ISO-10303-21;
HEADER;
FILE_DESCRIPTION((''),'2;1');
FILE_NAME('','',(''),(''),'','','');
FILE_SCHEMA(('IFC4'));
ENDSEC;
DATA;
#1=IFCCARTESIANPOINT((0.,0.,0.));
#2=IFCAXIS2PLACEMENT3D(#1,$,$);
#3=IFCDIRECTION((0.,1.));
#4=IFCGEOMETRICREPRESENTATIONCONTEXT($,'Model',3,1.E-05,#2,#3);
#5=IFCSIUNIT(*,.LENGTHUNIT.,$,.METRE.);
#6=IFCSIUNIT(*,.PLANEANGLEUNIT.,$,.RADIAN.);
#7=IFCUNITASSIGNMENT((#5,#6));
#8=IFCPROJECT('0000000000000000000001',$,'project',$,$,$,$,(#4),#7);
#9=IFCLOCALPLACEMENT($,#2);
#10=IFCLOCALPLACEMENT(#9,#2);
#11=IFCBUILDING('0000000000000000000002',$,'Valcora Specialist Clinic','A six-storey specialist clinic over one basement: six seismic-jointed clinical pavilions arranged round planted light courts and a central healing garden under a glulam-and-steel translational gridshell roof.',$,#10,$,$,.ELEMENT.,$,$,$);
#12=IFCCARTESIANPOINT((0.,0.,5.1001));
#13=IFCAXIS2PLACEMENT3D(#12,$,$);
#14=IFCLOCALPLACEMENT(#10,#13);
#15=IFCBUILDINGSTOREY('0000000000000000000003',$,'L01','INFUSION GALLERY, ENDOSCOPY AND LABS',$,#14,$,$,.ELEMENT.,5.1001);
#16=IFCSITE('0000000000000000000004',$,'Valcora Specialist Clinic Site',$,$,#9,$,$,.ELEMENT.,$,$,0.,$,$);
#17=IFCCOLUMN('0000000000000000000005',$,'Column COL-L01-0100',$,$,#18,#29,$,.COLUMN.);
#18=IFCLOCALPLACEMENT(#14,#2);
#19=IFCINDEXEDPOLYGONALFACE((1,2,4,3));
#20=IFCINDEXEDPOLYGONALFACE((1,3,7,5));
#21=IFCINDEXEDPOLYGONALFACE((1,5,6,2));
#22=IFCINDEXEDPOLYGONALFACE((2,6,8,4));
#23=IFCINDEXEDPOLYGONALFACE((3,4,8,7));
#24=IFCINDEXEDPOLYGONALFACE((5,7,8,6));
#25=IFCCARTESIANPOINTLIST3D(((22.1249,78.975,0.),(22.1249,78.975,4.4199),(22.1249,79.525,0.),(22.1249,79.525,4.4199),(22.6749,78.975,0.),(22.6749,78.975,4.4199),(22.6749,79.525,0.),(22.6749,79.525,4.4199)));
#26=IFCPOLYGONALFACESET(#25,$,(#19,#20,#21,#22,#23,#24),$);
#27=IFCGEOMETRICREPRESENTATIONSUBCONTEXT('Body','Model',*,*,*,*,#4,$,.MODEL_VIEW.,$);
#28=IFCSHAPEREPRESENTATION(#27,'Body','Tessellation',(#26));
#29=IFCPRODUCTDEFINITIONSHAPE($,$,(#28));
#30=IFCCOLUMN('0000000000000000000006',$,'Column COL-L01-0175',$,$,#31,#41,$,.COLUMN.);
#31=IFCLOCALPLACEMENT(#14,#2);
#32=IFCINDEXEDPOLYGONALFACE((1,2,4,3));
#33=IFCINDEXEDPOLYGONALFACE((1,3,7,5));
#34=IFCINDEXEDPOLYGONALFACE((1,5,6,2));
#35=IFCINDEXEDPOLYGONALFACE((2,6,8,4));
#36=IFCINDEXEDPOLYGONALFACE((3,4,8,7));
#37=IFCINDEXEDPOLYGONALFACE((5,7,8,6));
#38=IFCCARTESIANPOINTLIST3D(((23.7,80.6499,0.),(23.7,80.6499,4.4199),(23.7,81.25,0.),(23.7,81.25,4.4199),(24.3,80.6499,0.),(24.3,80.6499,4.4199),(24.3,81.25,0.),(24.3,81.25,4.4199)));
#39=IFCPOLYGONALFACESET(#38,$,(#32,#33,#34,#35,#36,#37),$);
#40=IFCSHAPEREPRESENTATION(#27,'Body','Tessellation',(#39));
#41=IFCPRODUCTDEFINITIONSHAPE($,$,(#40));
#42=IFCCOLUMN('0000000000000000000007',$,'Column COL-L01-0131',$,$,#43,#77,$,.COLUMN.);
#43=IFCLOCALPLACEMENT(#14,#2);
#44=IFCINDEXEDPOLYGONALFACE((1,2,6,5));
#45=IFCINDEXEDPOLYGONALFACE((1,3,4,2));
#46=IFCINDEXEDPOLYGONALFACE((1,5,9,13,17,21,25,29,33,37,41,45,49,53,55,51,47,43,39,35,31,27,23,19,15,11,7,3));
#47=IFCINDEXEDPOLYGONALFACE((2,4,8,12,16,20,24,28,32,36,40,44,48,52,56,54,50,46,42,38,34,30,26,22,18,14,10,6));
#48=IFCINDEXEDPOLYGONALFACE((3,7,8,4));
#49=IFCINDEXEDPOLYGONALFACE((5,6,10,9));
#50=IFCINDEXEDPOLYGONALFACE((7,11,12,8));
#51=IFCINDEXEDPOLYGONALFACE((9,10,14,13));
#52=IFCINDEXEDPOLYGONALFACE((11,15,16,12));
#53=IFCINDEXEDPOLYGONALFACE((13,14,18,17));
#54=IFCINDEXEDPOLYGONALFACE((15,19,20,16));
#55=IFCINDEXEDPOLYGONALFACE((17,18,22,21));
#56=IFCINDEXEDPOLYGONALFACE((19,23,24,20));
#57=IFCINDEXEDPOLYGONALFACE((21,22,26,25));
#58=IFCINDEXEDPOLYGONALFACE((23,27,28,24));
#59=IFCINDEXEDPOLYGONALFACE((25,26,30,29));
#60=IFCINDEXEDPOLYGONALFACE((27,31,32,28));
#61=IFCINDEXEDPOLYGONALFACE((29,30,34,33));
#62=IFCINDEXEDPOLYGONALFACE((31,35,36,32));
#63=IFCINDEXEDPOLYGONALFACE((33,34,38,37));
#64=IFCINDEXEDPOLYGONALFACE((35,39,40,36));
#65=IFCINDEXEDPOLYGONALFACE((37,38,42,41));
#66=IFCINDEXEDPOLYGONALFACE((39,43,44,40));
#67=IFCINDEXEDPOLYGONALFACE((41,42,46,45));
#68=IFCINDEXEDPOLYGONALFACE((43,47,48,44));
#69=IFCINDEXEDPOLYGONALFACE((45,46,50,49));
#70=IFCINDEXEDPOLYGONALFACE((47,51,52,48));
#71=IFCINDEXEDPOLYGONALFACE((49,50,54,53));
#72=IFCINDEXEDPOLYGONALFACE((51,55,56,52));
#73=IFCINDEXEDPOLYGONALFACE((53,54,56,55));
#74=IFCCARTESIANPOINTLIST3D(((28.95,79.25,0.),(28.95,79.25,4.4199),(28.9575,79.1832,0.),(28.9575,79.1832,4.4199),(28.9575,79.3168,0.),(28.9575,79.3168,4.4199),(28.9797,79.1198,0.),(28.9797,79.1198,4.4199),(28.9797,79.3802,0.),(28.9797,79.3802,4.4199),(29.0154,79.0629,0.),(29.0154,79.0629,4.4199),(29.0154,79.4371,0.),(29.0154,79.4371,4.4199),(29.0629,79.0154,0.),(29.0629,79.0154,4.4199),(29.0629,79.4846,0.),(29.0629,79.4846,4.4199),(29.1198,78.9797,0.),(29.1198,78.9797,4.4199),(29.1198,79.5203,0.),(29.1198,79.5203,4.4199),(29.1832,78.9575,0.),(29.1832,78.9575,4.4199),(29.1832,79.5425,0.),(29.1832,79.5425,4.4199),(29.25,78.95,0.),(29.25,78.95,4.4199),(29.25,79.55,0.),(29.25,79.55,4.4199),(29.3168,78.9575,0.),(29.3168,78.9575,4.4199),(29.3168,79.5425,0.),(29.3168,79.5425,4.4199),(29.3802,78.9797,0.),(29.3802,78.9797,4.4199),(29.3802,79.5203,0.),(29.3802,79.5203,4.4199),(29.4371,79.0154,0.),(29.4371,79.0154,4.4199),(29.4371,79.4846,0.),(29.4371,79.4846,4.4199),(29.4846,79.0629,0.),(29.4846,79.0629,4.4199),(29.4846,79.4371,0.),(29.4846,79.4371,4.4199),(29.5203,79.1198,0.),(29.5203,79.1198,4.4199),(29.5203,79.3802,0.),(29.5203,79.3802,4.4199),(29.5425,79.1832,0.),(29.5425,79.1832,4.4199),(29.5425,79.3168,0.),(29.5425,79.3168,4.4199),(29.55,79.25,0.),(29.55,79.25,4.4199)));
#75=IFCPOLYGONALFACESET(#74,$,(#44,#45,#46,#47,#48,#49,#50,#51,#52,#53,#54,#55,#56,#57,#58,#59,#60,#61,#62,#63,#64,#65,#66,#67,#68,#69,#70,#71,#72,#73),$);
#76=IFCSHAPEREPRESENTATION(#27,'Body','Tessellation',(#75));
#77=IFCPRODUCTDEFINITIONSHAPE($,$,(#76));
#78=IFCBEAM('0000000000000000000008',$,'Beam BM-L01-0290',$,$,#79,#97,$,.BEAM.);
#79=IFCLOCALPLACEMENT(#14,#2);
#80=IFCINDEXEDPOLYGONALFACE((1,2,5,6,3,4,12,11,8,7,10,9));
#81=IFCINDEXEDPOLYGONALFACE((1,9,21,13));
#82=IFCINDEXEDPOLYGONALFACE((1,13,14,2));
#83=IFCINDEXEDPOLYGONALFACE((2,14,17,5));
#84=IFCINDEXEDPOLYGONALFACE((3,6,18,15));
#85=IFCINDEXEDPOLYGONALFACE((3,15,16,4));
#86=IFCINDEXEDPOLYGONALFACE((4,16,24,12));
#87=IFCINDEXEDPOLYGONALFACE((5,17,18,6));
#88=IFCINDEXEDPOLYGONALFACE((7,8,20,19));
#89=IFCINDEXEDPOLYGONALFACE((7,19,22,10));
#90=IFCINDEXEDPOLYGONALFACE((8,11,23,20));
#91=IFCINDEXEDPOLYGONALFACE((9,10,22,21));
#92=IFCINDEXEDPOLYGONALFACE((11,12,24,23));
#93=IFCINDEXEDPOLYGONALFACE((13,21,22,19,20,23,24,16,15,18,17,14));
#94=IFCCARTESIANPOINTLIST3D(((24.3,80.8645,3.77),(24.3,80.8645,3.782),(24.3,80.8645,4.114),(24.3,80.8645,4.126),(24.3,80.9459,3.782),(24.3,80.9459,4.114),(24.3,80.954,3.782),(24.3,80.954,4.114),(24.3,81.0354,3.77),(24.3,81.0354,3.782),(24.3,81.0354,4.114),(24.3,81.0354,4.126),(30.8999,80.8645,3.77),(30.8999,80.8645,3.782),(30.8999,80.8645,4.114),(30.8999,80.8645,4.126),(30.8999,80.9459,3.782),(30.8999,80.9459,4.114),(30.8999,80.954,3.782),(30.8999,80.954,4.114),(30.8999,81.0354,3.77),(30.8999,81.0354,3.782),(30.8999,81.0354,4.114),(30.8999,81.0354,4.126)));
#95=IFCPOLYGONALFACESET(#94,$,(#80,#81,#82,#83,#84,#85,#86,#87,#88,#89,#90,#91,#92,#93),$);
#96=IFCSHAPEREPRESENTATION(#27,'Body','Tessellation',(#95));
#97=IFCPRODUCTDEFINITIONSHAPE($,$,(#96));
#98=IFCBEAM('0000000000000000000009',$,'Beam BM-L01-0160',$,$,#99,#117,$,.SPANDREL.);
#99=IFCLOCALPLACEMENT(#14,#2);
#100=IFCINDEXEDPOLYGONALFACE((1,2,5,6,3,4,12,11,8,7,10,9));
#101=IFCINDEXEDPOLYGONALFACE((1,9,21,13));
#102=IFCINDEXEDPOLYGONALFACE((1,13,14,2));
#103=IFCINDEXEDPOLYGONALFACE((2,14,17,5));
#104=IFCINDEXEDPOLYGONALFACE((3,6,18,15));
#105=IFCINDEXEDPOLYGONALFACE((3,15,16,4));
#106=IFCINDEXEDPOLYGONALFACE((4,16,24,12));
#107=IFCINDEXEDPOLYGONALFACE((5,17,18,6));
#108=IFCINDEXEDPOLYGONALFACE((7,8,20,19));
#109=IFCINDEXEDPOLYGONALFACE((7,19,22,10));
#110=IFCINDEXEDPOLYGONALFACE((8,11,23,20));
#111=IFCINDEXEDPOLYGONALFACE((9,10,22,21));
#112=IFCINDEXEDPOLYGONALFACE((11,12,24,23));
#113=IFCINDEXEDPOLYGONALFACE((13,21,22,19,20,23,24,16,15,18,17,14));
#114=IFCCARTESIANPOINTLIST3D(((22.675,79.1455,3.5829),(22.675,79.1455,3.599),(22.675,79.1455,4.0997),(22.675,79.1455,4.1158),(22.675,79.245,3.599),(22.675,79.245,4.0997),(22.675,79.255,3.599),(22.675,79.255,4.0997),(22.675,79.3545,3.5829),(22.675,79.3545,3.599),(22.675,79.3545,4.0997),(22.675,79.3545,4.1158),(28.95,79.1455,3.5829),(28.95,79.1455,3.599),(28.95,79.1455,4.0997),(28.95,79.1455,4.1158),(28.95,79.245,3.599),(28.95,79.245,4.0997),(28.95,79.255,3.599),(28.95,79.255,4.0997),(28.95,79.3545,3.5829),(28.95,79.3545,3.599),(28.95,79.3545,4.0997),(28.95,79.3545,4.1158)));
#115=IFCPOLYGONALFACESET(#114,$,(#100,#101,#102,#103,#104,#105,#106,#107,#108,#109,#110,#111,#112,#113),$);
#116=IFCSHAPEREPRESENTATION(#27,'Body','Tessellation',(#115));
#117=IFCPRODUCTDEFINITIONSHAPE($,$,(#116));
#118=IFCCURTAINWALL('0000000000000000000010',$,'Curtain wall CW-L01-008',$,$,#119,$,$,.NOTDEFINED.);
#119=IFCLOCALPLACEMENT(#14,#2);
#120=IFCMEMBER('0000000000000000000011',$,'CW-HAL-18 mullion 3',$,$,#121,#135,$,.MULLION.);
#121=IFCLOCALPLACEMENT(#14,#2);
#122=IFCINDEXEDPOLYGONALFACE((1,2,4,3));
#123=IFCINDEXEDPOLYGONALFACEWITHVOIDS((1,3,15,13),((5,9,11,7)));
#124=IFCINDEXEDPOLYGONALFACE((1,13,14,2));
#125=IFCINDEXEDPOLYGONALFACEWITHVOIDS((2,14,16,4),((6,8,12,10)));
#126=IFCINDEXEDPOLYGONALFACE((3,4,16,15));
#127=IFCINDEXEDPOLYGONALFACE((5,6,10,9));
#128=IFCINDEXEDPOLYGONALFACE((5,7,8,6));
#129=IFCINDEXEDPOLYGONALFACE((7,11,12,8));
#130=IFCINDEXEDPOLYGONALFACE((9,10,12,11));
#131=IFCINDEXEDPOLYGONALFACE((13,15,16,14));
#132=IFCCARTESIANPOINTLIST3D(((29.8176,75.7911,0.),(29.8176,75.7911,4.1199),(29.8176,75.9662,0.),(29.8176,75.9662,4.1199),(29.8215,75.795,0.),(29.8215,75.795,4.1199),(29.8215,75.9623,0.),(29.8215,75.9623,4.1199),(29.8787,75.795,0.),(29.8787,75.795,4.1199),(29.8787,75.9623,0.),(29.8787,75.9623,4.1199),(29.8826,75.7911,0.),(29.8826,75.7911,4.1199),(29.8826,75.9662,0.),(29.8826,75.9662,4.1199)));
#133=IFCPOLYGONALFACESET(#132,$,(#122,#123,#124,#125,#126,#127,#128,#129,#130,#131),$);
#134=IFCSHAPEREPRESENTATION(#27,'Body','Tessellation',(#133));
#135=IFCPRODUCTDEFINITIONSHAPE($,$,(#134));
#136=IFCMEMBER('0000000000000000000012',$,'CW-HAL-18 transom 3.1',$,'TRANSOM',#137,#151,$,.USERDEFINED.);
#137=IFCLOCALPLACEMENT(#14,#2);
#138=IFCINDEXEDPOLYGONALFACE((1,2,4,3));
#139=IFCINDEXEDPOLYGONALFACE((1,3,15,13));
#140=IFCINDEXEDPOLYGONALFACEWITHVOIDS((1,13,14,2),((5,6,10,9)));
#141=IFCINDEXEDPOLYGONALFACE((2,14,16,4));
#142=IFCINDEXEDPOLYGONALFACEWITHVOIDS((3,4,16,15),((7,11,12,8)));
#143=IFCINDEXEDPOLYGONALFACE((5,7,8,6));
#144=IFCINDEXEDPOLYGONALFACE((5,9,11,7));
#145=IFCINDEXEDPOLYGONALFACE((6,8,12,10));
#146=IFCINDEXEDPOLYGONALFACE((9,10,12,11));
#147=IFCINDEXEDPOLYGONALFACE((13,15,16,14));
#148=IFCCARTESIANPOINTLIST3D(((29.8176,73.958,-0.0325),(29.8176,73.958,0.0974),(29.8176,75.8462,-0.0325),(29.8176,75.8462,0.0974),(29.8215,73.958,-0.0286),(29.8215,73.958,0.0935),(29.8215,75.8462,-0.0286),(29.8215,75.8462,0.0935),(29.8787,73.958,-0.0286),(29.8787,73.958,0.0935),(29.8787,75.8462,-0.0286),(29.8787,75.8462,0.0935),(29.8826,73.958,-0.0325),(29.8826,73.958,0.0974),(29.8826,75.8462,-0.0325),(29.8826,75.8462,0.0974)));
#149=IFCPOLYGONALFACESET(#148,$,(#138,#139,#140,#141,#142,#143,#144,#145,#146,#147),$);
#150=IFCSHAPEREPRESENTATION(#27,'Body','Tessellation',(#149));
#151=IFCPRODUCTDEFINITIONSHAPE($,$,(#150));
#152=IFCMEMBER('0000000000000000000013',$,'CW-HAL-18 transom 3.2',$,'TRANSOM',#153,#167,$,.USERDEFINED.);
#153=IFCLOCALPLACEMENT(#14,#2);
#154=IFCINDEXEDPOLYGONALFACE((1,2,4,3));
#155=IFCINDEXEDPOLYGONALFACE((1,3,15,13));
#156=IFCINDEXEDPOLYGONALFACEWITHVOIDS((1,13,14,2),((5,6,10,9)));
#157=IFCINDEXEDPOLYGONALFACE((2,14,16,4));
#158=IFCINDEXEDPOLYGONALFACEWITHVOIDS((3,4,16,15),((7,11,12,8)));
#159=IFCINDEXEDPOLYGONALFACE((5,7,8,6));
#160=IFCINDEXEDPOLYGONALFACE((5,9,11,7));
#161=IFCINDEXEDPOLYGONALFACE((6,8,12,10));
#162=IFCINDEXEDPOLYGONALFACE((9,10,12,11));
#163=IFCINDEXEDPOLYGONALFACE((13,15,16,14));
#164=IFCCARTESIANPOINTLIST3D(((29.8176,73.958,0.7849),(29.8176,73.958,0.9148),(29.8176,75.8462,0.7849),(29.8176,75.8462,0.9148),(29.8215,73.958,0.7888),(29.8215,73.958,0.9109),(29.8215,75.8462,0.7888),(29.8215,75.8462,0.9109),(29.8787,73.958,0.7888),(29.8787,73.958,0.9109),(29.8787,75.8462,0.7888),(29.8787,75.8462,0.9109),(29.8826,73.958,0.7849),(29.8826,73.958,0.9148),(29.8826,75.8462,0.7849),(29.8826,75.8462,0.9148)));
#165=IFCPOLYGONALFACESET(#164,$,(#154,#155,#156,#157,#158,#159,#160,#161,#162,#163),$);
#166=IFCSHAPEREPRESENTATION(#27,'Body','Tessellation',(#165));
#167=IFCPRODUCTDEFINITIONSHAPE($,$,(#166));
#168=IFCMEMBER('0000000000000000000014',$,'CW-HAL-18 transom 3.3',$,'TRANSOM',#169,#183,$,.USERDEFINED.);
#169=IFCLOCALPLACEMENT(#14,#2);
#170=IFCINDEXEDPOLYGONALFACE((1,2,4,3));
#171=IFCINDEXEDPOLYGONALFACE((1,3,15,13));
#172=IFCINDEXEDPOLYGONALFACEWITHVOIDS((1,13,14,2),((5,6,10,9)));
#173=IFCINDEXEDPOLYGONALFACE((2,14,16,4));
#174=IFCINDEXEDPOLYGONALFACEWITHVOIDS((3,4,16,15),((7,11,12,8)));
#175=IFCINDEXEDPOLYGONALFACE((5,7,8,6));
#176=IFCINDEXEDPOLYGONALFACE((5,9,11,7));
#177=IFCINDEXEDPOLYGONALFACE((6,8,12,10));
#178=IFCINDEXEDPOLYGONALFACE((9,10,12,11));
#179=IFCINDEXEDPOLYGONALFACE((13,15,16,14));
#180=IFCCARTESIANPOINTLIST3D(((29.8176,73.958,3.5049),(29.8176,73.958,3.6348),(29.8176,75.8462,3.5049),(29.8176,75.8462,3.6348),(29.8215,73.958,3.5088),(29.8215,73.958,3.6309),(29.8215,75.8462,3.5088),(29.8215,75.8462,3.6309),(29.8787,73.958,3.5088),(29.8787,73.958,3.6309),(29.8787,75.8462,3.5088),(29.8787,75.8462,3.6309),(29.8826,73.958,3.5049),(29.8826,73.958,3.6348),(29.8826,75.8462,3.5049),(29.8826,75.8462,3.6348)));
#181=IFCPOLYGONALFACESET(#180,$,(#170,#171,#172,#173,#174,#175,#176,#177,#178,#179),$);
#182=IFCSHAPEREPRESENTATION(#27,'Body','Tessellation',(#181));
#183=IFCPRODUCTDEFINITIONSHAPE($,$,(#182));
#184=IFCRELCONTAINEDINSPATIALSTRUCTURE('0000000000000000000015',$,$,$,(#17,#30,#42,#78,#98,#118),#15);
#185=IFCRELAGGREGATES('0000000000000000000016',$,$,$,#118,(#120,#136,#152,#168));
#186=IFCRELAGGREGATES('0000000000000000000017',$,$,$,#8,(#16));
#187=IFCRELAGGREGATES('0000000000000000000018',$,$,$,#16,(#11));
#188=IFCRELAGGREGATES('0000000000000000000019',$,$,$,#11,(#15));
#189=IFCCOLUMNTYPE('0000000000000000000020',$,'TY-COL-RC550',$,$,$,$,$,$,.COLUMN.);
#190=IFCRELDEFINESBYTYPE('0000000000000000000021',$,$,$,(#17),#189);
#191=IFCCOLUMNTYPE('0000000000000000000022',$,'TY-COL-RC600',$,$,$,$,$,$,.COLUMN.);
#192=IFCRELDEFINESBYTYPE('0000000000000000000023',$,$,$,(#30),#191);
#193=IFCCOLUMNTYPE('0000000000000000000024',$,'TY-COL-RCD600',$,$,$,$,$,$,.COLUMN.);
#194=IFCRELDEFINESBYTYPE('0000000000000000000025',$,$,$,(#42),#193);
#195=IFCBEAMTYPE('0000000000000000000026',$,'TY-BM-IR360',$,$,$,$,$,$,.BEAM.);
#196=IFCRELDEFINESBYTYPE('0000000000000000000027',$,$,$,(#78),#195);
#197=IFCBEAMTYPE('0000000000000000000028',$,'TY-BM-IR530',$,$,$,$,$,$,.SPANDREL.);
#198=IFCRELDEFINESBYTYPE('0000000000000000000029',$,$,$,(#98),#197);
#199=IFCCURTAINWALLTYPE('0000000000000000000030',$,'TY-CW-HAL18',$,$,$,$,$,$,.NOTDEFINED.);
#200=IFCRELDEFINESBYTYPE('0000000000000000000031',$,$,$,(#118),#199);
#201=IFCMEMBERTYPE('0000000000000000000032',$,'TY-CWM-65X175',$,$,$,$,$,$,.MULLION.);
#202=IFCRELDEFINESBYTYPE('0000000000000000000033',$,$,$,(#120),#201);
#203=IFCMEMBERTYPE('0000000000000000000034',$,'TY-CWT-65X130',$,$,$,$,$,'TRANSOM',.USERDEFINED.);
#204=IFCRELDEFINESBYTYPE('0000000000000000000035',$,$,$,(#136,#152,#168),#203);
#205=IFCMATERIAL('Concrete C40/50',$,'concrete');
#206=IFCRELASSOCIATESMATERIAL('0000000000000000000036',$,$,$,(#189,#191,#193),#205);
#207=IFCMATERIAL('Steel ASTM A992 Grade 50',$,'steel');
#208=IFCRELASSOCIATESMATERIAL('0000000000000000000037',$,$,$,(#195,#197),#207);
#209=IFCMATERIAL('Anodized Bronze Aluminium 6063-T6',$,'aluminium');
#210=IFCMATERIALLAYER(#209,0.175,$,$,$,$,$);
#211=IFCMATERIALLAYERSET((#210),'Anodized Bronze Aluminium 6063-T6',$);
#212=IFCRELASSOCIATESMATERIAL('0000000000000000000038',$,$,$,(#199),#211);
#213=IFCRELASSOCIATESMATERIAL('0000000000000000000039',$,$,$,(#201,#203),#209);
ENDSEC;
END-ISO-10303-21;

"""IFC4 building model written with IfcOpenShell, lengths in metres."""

from ifc_helpers import new_model, si_unit, direction, frame, origin, origin_2d, place, context, subcontext, project, spatial, rectangle, hollow_rectangle, circle, i_section, extrude, material, layer, layer_set, material_profile, profile_set, type_object, element, aggregate, save


model = new_model("IFC4")

# Units and contexts
model_context = context("Model", 3, precision=1e-05, world=origin(), true_north=direction((0.0, 1.0)))
body_context = subcontext(model_context, "Body", "Model", "MODEL_VIEW")
ifc_project = project(units=[si_unit("LENGTHUNIT", "METRE"), si_unit("PLANEANGLEUNIT", "RADIAN")], contexts=[model_context])

# Site, building, storey
site_placement = place(None, origin())
site = spatial("IfcSite", under=ifc_project, at=site_placement, Name="Valcora Specialist Clinic Site", CompositionType="ELEMENT", RefElevation=0.0)
building_placement = place(site_placement, origin())
building = spatial("IfcBuilding", under=site, at=building_placement, Name="Valcora Specialist Clinic", Description="A six-storey specialist clinic over one basement: six seismic-jointed clinical pavilions arranged round planted light courts and a central healing garden under a glulam-and-steel translational gridshell roof.", CompositionType="ELEMENT")
storey_placement = place(building_placement, frame((0.0, 0.0, 5.1001)))
storey = spatial("IfcBuildingStorey", under=building, at=storey_placement, Name="L01", Description="INFUSION GALLERY, ENDOSCOPY AND LABS", CompositionType="ELEMENT", Elevation=5.1001)

# Columns
ifc_material_1 = material(Name="Concrete C40/50", Category="concrete")
ifc_material_profile_1 = material_profile(ifc_material_1, rectangle(XDim=0.55, YDim=0.55, at=origin_2d()), Name="RC-COL-550X550")
ifc_profile_set_1 = profile_set([ifc_material_profile_1], Name="Concrete C40/50")
column_type_1 = type_object("IfcColumnType", Name="TY-COL-RC550", PredefinedType="COLUMN", material=ifc_profile_set_1)
column_1_placement = place(storey_placement, frame((22.3999, 79.25, 0.0), z_axis=(0.0, 0.0, 1.0), x_axis=(1.0, 0.0, 0.0)))
element("IfcColumn", 1, at=column_1_placement, inside=storey, type_object=column_type_1, Name="Column COL-L01-0100", PredefinedType="COLUMN", context=body_context, shape_type="SweptSolid", body=[
    extrude(rectangle(XDim=0.55, YDim=0.55, at=origin_2d()), origin(), (0.0, 0.0, 1.0), 4.4199),
])
ifc_material_profile_2 = material_profile(ifc_material_1, rectangle(XDim=0.6001, YDim=0.6001, at=origin_2d()), Name="RC-COL-600X600")
ifc_profile_set_2 = profile_set([ifc_material_profile_2], Name="Concrete C40/50")
column_type_2 = type_object("IfcColumnType", Name="TY-COL-RC600", PredefinedType="COLUMN", material=ifc_profile_set_2)
column_2_placement = place(storey_placement, frame((24.0, 80.95, 0.0), z_axis=(0.0, 0.0, 1.0), x_axis=(1.0, 0.0, 0.0)))
element("IfcColumn", 2, at=column_2_placement, inside=storey, type_object=column_type_2, Name="Column COL-L01-0175", PredefinedType="COLUMN", context=body_context, shape_type="SweptSolid", body=[
    extrude(rectangle(XDim=0.6001, YDim=0.6001, at=origin_2d()), origin(), (0.0, 0.0, 1.0), 4.4199),
])
ifc_material_profile_3 = material_profile(ifc_material_1, circle(Radius=0.3, at=origin_2d()), Name="RC-COL-D600")
ifc_profile_set_3 = profile_set([ifc_material_profile_3], Name="Concrete C40/50")
column_type_3 = type_object("IfcColumnType", Name="TY-COL-RCD600", PredefinedType="COLUMN", material=ifc_profile_set_3)
column_3_placement = place(storey_placement, frame((29.25, 79.25, 0.0), z_axis=(0.0, 0.0, 1.0), x_axis=(1.0, 0.0, 0.0)))
element("IfcColumn", 3, at=column_3_placement, inside=storey, type_object=column_type_3, Name="Column COL-L01-0131", PredefinedType="COLUMN", context=body_context, shape_type="SweptSolid", body=[
    extrude(circle(Radius=0.3, at=origin_2d()), origin(), (0.0, 0.0, 1.0), 4.4199),
])

# Beams
ifc_material_2 = material(Name="Steel ASTM A992 Grade 50", Category="steel")
ifc_material_profile_4 = material_profile(ifc_material_2, i_section(OverallWidth=0.1709, OverallDepth=0.356, WebThickness=0.0081, FlangeThickness=0.012, at=origin_2d()), Name="ST-IR-360X170")
ifc_profile_set_4 = profile_set([ifc_material_profile_4], Name="Steel ASTM A992 Grade 50")
beam_type_1 = type_object("IfcBeamType", Name="TY-BM-IR360", PredefinedType="BEAM", material=ifc_profile_set_4)
beam_1_placement = place(storey_placement, frame((24.3, 80.95, 3.948), z_axis=(1.0, 0.0, 0.0), x_axis=(0.0, 1.0, 0.0)))
element("IfcBeam", 4, at=beam_1_placement, inside=storey, type_object=beam_type_1, Name="Beam BM-L01-0290", PredefinedType="BEAM", context=body_context, shape_type="SweptSolid", body=[
    extrude(i_section(OverallWidth=0.1709, OverallDepth=0.356, WebThickness=0.0081, FlangeThickness=0.012, at=origin_2d()), origin(), (0.0, 0.0, 1.0), 6.5999),
])
ifc_material_profile_5 = material_profile(ifc_material_2, i_section(OverallWidth=0.209, OverallDepth=0.533, WebThickness=0.01, FlangeThickness=0.0161, at=origin_2d()), Name="ST-IR-530X210")
ifc_profile_set_5 = profile_set([ifc_material_profile_5], Name="Steel ASTM A992 Grade 50")
beam_type_2 = type_object("IfcBeamType", Name="TY-BM-IR530", PredefinedType="SPANDREL", material=ifc_profile_set_5)
beam_2_placement = place(storey_placement, frame((22.675, 79.25, 3.8494), z_axis=(1.0, 0.0, 0.0), x_axis=(0.0, 1.0, 0.0)))
element("IfcBeam", 5, at=beam_2_placement, inside=storey, type_object=beam_type_2, Name="Beam BM-L01-0160", PredefinedType="SPANDREL", context=body_context, shape_type="SweptSolid", body=[
    extrude(i_section(OverallWidth=0.209, OverallDepth=0.533, WebThickness=0.01, FlangeThickness=0.0161, at=origin_2d()), origin(), (0.0, 0.0, 1.0), 6.2749),
])

# Curtain wall, members
ifc_material_3 = material(Name="Anodized Bronze Aluminium 6063-T6", Category="aluminium")
ifc_layer_1 = layer(ifc_material_3, 0.175)
ifc_layer_set_1 = layer_set([ifc_layer_1], Name="Anodized Bronze Aluminium 6063-T6")
curtain_wall_type = type_object("IfcCurtainWallType", Name="TY-CW-HAL18", PredefinedType="NOTDEFINED", material=ifc_layer_set_1)
curtain_wall_placement = place(storey_placement, origin())
curtain_wall = element("IfcCurtainWall", 6, at=curtain_wall_placement, inside=storey, type_object=curtain_wall_type, Name="Curtain wall CW-L01-008", PredefinedType="NOTDEFINED")
ifc_material_profile_6 = material_profile(ifc_material_3, hollow_rectangle(XDim=0.0649, YDim=0.175, WallThickness=0.0039, at=origin_2d()), Name="AL-MUL-65X175")
ifc_profile_set_6 = profile_set([ifc_material_profile_6], Name="Anodized Bronze Aluminium 6063-T6")
member_type_1 = type_object("IfcMemberType", Name="TY-CWM-65X175", PredefinedType="MULLION", material=ifc_profile_set_6)
member_1_placement = place(storey_placement, frame((29.8501, 75.8787, 0.0), z_axis=(0.0, 0.0, 1.0), x_axis=(1.0, 0.0, 0.0)))
member_1 = element("IfcMember", 7, at=member_1_placement, type_object=member_type_1, Name="CW-HAL-18 mullion 3", PredefinedType="MULLION", context=body_context, shape_type="SweptSolid", body=[
    extrude(hollow_rectangle(XDim=0.0649, YDim=0.175, WallThickness=0.0039, at=origin_2d()), origin(), (0.0, 0.0, 1.0), 4.1199),
])
ifc_material_profile_7 = material_profile(ifc_material_3, hollow_rectangle(XDim=0.0649, YDim=0.1299, WallThickness=0.0039, at=origin_2d()), Name="AL-TRN-65X130")
ifc_profile_set_7 = profile_set([ifc_material_profile_7], Name="Anodized Bronze Aluminium 6063-T6")
member_type_2 = type_object("IfcMemberType", Name="TY-CWT-65X130", ElementType="TRANSOM", PredefinedType="USERDEFINED", material=ifc_profile_set_7)
member_2_placement = place(storey_placement, frame((29.8501, 75.8462, 0.0325), z_axis=(0.0, -1.0, 0.0), x_axis=(1.0, 0.0, 0.0)))
member_2 = element("IfcMember", 8, at=member_2_placement, type_object=member_type_2, Name="CW-HAL-18 transom 3.1", ObjectType="TRANSOM", PredefinedType="USERDEFINED", context=body_context, shape_type="SweptSolid", body=[
    extrude(hollow_rectangle(XDim=0.0649, YDim=0.1299, WallThickness=0.0039, at=origin_2d()), origin(), (0.0, 0.0, 1.0), 1.8882),
])
member_3_placement = place(storey_placement, frame((29.8501, 75.8462, 0.8499), z_axis=(0.0, -1.0, 0.0), x_axis=(1.0, 0.0, 0.0)))
member_3 = element("IfcMember", 9, at=member_3_placement, type_object=member_type_2, Name="CW-HAL-18 transom 3.2", ObjectType="TRANSOM", PredefinedType="USERDEFINED", context=body_context, shape_type="SweptSolid", body=[
    extrude(hollow_rectangle(XDim=0.0649, YDim=0.1299, WallThickness=0.0039, at=origin_2d()), origin(), (0.0, 0.0, 1.0), 1.8882),
])
member_4_placement = place(storey_placement, frame((29.8501, 75.8462, 3.5698), z_axis=(0.0, -1.0, 0.0), x_axis=(1.0, 0.0, 0.0)))
member_4 = element("IfcMember", 10, at=member_4_placement, type_object=member_type_2, Name="CW-HAL-18 transom 3.3", ObjectType="TRANSOM", PredefinedType="USERDEFINED", context=body_context, shape_type="SweptSolid", body=[
    extrude(hollow_rectangle(XDim=0.0649, YDim=0.1299, WallThickness=0.0039, at=origin_2d()), origin(), (0.0, 0.0, 1.0), 1.8882),
])
aggregate(curtain_wall, [member_1, member_2, member_3, member_4])

save(model, "model.ifc")
